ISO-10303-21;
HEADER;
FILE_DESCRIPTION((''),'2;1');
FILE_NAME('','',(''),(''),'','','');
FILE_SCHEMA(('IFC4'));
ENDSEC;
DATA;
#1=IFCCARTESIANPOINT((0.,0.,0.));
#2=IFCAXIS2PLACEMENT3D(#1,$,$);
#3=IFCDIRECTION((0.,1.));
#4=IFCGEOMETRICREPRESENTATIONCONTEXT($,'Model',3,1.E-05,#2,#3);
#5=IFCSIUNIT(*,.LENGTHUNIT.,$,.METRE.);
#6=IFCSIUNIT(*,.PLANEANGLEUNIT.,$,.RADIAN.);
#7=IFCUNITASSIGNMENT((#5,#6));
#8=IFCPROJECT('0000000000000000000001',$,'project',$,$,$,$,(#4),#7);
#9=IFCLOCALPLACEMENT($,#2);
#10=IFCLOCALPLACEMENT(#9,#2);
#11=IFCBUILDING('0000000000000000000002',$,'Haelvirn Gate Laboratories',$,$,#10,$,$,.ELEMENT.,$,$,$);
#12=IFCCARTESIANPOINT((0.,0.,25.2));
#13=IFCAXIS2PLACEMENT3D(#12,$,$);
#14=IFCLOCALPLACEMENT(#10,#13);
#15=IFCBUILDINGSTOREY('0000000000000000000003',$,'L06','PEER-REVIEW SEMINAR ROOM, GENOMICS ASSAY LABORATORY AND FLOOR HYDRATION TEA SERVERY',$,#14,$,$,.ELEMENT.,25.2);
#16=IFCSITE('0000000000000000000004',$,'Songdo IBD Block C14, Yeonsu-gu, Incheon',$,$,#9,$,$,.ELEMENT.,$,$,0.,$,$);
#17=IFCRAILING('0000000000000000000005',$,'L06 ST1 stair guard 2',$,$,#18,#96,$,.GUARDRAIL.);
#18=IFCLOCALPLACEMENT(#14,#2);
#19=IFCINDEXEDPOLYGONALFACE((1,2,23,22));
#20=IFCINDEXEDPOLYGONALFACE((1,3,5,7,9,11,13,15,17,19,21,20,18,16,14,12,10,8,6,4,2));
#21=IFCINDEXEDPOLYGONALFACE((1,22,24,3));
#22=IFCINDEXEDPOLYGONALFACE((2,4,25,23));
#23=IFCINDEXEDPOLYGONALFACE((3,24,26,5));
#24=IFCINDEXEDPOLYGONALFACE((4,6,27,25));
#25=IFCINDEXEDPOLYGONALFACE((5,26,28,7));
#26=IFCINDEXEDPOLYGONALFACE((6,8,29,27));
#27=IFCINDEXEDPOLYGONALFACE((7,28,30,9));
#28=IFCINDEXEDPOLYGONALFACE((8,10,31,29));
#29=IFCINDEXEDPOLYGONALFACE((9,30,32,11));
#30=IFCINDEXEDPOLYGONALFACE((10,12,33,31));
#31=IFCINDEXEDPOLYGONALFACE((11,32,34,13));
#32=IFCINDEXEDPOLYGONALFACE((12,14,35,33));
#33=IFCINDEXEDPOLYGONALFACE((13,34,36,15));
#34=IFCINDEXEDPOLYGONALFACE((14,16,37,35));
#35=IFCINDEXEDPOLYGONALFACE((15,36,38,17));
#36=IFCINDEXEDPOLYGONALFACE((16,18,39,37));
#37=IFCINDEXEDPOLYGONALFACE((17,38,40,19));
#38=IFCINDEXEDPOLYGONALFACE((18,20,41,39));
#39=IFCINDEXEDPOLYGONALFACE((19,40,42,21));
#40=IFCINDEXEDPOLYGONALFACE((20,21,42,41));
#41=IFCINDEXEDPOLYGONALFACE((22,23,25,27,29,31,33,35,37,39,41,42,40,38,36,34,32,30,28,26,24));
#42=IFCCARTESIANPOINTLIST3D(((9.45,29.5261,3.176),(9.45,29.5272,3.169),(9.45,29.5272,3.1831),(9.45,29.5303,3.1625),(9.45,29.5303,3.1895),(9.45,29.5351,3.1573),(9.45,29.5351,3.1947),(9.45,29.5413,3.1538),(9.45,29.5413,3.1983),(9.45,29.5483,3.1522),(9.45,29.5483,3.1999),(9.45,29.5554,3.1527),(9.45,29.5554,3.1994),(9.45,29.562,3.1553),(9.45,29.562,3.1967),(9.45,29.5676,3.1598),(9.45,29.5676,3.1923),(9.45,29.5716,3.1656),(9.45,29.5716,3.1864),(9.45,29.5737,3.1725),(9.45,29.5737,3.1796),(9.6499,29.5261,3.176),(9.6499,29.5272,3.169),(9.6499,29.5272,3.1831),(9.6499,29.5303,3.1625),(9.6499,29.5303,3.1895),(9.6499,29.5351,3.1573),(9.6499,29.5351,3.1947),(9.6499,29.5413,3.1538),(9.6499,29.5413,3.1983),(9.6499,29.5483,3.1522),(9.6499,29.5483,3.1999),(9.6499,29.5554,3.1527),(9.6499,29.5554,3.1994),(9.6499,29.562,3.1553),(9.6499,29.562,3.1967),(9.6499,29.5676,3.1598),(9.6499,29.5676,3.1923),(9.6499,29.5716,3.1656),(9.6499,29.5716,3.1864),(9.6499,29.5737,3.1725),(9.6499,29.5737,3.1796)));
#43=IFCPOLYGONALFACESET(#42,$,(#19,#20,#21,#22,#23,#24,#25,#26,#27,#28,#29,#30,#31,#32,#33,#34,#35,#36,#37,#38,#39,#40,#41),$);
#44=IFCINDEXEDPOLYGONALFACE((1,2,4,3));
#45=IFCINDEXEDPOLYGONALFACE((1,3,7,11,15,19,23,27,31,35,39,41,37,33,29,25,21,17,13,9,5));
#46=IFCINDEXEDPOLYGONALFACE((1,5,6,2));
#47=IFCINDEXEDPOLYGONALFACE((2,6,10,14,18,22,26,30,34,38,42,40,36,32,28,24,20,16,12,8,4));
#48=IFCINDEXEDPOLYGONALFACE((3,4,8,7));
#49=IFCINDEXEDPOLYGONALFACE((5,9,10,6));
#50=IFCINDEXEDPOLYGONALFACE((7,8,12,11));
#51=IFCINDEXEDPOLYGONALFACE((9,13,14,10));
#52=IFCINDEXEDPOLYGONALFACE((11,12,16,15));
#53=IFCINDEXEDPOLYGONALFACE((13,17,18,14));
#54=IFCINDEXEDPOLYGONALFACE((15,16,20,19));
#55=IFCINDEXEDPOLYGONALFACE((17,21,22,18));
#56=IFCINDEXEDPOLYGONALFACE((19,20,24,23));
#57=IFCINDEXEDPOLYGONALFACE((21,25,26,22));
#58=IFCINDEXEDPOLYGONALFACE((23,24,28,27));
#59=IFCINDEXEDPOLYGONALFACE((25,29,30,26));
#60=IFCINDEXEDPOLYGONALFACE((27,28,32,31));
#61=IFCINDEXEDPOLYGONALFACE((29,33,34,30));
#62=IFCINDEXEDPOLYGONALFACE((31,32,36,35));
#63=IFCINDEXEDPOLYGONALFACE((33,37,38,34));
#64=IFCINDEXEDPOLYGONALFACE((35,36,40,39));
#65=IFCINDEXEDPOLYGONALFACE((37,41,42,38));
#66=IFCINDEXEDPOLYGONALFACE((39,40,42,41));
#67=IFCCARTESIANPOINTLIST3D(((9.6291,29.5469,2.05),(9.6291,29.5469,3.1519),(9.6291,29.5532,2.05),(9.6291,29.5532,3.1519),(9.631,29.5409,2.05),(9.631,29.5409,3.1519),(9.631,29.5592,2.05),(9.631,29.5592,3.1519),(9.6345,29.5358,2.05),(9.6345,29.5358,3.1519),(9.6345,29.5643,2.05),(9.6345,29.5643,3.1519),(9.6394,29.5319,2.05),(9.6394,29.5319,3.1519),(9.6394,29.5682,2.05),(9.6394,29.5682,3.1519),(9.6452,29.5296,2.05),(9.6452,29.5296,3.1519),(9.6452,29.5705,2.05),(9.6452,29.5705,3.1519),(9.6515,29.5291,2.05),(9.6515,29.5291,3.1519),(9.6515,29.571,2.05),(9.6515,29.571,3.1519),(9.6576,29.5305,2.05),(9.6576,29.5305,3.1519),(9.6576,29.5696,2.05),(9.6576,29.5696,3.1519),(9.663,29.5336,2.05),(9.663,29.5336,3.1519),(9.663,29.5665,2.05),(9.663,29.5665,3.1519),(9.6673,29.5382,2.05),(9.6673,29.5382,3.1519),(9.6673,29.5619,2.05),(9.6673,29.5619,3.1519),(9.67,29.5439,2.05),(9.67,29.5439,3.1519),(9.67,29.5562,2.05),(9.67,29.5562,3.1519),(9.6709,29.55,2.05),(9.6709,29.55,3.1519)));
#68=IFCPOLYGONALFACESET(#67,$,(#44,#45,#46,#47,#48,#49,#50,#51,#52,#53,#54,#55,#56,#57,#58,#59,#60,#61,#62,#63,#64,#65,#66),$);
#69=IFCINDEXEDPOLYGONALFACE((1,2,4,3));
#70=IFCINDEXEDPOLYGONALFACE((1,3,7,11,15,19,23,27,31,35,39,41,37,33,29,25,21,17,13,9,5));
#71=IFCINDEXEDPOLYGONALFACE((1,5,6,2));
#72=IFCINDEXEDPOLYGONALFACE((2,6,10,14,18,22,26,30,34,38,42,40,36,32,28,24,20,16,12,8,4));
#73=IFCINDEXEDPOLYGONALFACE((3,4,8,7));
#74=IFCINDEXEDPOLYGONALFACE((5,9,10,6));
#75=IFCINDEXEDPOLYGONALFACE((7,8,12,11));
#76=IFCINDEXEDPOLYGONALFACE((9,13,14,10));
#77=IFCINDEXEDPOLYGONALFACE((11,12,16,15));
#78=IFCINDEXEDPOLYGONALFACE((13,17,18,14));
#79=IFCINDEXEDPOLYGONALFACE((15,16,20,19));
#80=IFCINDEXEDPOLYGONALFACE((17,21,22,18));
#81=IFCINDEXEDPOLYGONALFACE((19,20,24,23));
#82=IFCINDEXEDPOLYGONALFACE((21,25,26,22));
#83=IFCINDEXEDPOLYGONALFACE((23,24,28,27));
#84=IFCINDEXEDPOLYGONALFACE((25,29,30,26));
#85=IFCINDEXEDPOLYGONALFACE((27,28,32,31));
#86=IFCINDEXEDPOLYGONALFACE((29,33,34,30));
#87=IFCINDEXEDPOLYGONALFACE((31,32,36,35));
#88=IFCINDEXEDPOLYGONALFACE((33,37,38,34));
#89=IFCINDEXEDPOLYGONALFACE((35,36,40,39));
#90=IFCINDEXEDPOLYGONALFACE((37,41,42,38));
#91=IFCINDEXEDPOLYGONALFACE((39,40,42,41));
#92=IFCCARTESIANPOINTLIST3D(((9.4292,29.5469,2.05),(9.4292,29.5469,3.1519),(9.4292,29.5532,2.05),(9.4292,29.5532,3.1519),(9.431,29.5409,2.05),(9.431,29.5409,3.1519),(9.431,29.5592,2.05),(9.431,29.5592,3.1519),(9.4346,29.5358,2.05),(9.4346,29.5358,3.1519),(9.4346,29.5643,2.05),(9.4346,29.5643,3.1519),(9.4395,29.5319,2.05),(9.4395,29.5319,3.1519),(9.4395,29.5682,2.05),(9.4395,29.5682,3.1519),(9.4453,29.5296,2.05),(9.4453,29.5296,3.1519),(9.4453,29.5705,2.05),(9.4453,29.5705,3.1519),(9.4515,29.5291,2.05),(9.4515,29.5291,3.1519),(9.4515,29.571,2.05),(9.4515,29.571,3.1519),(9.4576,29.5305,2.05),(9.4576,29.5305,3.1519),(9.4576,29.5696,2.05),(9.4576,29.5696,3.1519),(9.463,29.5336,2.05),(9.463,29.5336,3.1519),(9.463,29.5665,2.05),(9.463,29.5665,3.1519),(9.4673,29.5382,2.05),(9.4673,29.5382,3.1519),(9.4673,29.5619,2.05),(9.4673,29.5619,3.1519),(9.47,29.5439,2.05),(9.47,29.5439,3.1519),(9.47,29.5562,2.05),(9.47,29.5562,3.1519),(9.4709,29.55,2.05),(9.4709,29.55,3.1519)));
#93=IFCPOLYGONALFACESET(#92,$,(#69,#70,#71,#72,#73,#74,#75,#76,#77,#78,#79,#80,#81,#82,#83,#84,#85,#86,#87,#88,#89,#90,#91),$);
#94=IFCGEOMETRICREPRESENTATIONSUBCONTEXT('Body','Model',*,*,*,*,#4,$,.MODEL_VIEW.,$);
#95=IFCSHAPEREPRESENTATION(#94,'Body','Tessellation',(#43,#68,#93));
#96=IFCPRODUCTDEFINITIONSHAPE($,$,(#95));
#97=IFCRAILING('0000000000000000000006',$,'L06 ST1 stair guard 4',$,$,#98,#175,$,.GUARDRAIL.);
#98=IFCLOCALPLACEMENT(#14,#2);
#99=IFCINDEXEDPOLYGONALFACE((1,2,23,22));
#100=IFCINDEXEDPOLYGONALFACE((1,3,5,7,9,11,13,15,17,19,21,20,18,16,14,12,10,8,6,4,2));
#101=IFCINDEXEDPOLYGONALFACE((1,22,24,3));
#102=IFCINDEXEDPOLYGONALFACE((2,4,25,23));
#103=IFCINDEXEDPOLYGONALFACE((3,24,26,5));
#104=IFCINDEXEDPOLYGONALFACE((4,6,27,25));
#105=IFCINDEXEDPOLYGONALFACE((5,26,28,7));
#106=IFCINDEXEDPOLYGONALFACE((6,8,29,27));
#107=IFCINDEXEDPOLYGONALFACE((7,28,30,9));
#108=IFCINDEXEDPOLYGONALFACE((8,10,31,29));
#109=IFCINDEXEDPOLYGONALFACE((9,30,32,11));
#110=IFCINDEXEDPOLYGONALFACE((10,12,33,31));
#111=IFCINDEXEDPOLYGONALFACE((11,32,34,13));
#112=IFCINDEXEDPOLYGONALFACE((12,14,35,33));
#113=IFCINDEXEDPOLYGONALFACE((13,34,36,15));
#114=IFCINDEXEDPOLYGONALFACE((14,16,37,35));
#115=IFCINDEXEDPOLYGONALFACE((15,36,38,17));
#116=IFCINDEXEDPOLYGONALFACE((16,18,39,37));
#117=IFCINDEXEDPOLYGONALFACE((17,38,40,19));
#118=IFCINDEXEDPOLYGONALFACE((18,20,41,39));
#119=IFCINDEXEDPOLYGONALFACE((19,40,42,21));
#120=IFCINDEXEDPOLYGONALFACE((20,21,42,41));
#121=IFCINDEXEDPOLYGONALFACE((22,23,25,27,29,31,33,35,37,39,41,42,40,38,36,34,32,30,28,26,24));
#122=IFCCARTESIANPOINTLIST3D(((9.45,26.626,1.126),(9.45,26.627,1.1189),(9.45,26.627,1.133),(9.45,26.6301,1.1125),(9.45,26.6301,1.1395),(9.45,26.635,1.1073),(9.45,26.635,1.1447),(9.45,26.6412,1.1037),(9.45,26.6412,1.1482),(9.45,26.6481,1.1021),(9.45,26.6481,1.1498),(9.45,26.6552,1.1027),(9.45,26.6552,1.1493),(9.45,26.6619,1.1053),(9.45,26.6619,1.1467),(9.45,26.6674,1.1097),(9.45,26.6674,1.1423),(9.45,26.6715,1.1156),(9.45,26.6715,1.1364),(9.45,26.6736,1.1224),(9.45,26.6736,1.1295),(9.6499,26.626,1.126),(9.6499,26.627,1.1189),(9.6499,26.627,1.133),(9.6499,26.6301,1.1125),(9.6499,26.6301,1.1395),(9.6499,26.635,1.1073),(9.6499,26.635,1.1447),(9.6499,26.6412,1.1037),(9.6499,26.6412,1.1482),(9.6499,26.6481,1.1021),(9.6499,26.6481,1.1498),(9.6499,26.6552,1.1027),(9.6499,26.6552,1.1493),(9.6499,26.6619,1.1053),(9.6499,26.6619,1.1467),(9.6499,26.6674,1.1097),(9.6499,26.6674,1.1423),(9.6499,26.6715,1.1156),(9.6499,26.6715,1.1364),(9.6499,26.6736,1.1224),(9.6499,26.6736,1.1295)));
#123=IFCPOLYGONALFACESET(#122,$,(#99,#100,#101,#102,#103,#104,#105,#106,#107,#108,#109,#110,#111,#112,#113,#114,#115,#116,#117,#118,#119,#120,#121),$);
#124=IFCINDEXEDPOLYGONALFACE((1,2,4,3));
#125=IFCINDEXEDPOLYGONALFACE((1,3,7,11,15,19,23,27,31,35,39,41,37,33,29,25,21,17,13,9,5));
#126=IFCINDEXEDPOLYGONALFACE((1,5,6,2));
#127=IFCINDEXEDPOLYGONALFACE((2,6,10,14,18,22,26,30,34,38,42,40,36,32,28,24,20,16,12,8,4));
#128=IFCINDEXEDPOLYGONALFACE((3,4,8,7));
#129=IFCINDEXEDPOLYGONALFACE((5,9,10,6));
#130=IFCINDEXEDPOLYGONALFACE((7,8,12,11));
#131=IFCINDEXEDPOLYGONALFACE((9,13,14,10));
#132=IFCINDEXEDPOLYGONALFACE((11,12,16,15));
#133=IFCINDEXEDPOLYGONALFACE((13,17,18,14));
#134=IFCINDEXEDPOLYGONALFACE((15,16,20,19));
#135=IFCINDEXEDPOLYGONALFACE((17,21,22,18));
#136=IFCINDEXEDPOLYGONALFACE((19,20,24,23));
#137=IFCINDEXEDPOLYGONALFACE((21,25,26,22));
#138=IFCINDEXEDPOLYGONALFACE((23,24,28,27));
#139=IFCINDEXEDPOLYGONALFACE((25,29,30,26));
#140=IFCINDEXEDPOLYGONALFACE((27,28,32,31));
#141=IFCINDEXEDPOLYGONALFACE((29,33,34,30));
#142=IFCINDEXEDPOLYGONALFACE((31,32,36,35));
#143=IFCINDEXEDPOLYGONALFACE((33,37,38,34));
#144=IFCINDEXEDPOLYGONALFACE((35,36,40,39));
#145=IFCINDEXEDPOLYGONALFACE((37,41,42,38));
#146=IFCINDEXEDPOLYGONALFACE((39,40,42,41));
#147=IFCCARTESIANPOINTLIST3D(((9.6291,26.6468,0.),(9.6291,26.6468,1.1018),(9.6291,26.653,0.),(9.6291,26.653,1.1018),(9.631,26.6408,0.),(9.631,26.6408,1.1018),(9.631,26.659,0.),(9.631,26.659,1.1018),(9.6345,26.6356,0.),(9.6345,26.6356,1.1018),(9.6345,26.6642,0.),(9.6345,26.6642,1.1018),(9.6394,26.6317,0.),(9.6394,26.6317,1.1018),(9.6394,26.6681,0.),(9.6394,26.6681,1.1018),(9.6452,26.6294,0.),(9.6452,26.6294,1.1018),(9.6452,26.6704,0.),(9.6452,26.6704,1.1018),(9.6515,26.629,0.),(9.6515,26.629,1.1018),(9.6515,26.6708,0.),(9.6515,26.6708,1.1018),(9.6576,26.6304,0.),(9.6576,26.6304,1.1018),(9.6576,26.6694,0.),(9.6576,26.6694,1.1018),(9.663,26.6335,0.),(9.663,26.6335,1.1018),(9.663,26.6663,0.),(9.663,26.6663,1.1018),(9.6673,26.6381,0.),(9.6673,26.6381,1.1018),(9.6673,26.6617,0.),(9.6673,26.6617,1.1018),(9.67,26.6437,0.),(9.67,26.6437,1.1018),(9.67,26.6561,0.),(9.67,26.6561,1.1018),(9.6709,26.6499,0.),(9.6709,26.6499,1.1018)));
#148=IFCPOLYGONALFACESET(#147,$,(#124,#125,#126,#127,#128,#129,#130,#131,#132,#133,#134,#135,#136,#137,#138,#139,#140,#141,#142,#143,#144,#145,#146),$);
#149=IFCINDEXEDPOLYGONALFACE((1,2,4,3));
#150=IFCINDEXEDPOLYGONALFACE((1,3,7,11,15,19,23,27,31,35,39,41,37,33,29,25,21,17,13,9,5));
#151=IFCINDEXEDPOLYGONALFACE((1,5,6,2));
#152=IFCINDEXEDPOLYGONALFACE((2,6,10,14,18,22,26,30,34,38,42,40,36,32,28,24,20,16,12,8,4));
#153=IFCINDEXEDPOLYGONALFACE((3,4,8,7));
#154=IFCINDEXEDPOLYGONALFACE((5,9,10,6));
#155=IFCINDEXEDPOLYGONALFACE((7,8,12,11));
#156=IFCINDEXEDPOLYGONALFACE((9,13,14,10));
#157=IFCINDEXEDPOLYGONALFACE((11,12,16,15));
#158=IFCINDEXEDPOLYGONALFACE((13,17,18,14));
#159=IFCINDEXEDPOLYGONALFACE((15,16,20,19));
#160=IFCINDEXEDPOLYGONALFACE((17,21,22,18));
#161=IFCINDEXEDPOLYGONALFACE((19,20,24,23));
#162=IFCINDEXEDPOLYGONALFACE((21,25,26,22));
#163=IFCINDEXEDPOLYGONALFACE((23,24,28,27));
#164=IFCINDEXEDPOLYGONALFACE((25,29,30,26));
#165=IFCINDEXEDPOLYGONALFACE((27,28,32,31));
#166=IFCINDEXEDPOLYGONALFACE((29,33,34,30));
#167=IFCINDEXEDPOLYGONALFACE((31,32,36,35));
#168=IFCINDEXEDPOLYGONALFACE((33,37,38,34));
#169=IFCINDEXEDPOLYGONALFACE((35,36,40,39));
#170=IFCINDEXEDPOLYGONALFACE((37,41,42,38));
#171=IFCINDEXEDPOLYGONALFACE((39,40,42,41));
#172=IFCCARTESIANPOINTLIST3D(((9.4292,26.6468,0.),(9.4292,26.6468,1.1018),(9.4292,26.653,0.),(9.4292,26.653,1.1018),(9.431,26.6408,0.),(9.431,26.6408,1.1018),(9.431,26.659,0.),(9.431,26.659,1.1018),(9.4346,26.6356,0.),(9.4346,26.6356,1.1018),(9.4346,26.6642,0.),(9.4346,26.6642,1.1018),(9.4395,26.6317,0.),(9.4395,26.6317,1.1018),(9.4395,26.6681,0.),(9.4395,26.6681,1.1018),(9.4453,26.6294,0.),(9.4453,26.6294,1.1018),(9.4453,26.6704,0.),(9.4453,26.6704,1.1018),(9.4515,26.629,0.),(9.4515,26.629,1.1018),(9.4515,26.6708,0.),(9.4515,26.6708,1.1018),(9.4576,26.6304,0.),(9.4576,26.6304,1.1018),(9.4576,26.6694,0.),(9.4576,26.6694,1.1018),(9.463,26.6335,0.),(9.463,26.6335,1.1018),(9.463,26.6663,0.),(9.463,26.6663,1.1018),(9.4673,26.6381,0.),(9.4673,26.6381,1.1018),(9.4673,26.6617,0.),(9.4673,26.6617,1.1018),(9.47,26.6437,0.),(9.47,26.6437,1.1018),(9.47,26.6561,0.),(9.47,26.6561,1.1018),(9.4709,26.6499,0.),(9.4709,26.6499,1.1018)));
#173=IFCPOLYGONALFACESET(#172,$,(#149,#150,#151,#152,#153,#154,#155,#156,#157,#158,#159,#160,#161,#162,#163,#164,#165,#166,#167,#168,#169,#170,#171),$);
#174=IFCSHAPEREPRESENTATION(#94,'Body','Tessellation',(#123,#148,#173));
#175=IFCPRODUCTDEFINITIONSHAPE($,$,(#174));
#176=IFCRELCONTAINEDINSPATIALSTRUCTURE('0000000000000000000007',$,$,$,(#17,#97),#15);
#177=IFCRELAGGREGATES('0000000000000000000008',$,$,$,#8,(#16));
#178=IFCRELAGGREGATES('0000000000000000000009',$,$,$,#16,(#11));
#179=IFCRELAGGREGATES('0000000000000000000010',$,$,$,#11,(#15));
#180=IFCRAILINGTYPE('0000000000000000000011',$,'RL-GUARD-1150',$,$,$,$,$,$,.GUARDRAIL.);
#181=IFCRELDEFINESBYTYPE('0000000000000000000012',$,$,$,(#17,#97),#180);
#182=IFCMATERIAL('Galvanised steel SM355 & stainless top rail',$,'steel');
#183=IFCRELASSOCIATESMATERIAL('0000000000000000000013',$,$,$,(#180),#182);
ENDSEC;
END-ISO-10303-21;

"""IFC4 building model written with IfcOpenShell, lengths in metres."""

from ifc_helpers import new_model, si_unit, direction, frame, origin, origin_2d, place, context, subcontext, project, spatial, circle, extrude, source, transform, mapped, material, type_object, element, save


model = new_model("IFC4")

# Units and contexts
model_context = context("Model", 3, precision=1e-05, world=origin(), true_north=direction((0.0, 1.0)))
body_context = subcontext(model_context, "Body", "Model", "MODEL_VIEW")
ifc_project = project(units=[si_unit("LENGTHUNIT", "METRE"), si_unit("PLANEANGLEUNIT", "RADIAN")], contexts=[model_context])

# Site, building, storey
site_placement = place(None, origin())
site = spatial("IfcSite", under=ifc_project, at=site_placement, Name="Songdo IBD Block C14, Yeonsu-gu, Incheon", CompositionType="ELEMENT", RefElevation=0.0)
building_placement = place(site_placement, origin())
building = spatial("IfcBuilding", under=site, at=building_placement, Name="Haelvirn Gate Laboratories", CompositionType="ELEMENT")
storey_placement = place(building_placement, frame((0.0, 0.0, 25.2)))
storey = spatial("IfcBuildingStorey", under=building, at=storey_placement, Name="L06", Description="PEER-REVIEW SEMINAR ROOM, GENOMICS ASSAY LABORATORY AND FLOOR HYDRATION TEA SERVERY", CompositionType="ELEMENT", Elevation=25.2)

# Railings
ifc_material_1 = material(Name="Galvanised steel SM355 & stainless top rail", Category="steel")
railing_type_1 = type_object("IfcRailingType", Name="RL-GUARD-1150", PredefinedType="GUARDRAIL", material=ifc_material_1)
shared_shape_1 = source(origin(), body_context, "Body", "SweptSolid", [
    extrude(circle(Radius=0.0239, at=origin_2d()), frame((0.0, 0.0, 1.126), z_axis=(-1.0, 0.0, 0.0), x_axis=(0.0, -1.0, 0.0)), (0.0, 0.0, 1.0), 0.2),
    extrude(circle(Radius=0.021, at=origin_2d()), origin(), (0.0, 0.0, 1.0), 1.1018),
    extrude(circle(Radius=0.021, at=origin_2d()), frame((-0.2, 0.0, 0.0)), (0.0, 0.0, 1.0), 1.1018),
])
for number, where, name in (
    (1, (9.6499, 29.55, 2.05), "L06 ST1 stair guard 2"),
    (2, (9.6499, 26.6499, 0.0), "L06 ST1 stair guard 4"),
):
    element("IfcRailing", number, at=place(storey_placement, frame(where)), inside=storey, type_object=railing_type_1, Name=name, PredefinedType="GUARDRAIL", context=body_context, shape_type="MappedRepresentation", body=[
        mapped(shared_shape_1, transform((0.0, 0.0, 0.0), scale=1.0)),
    ])

save(model, "model.ifc")
